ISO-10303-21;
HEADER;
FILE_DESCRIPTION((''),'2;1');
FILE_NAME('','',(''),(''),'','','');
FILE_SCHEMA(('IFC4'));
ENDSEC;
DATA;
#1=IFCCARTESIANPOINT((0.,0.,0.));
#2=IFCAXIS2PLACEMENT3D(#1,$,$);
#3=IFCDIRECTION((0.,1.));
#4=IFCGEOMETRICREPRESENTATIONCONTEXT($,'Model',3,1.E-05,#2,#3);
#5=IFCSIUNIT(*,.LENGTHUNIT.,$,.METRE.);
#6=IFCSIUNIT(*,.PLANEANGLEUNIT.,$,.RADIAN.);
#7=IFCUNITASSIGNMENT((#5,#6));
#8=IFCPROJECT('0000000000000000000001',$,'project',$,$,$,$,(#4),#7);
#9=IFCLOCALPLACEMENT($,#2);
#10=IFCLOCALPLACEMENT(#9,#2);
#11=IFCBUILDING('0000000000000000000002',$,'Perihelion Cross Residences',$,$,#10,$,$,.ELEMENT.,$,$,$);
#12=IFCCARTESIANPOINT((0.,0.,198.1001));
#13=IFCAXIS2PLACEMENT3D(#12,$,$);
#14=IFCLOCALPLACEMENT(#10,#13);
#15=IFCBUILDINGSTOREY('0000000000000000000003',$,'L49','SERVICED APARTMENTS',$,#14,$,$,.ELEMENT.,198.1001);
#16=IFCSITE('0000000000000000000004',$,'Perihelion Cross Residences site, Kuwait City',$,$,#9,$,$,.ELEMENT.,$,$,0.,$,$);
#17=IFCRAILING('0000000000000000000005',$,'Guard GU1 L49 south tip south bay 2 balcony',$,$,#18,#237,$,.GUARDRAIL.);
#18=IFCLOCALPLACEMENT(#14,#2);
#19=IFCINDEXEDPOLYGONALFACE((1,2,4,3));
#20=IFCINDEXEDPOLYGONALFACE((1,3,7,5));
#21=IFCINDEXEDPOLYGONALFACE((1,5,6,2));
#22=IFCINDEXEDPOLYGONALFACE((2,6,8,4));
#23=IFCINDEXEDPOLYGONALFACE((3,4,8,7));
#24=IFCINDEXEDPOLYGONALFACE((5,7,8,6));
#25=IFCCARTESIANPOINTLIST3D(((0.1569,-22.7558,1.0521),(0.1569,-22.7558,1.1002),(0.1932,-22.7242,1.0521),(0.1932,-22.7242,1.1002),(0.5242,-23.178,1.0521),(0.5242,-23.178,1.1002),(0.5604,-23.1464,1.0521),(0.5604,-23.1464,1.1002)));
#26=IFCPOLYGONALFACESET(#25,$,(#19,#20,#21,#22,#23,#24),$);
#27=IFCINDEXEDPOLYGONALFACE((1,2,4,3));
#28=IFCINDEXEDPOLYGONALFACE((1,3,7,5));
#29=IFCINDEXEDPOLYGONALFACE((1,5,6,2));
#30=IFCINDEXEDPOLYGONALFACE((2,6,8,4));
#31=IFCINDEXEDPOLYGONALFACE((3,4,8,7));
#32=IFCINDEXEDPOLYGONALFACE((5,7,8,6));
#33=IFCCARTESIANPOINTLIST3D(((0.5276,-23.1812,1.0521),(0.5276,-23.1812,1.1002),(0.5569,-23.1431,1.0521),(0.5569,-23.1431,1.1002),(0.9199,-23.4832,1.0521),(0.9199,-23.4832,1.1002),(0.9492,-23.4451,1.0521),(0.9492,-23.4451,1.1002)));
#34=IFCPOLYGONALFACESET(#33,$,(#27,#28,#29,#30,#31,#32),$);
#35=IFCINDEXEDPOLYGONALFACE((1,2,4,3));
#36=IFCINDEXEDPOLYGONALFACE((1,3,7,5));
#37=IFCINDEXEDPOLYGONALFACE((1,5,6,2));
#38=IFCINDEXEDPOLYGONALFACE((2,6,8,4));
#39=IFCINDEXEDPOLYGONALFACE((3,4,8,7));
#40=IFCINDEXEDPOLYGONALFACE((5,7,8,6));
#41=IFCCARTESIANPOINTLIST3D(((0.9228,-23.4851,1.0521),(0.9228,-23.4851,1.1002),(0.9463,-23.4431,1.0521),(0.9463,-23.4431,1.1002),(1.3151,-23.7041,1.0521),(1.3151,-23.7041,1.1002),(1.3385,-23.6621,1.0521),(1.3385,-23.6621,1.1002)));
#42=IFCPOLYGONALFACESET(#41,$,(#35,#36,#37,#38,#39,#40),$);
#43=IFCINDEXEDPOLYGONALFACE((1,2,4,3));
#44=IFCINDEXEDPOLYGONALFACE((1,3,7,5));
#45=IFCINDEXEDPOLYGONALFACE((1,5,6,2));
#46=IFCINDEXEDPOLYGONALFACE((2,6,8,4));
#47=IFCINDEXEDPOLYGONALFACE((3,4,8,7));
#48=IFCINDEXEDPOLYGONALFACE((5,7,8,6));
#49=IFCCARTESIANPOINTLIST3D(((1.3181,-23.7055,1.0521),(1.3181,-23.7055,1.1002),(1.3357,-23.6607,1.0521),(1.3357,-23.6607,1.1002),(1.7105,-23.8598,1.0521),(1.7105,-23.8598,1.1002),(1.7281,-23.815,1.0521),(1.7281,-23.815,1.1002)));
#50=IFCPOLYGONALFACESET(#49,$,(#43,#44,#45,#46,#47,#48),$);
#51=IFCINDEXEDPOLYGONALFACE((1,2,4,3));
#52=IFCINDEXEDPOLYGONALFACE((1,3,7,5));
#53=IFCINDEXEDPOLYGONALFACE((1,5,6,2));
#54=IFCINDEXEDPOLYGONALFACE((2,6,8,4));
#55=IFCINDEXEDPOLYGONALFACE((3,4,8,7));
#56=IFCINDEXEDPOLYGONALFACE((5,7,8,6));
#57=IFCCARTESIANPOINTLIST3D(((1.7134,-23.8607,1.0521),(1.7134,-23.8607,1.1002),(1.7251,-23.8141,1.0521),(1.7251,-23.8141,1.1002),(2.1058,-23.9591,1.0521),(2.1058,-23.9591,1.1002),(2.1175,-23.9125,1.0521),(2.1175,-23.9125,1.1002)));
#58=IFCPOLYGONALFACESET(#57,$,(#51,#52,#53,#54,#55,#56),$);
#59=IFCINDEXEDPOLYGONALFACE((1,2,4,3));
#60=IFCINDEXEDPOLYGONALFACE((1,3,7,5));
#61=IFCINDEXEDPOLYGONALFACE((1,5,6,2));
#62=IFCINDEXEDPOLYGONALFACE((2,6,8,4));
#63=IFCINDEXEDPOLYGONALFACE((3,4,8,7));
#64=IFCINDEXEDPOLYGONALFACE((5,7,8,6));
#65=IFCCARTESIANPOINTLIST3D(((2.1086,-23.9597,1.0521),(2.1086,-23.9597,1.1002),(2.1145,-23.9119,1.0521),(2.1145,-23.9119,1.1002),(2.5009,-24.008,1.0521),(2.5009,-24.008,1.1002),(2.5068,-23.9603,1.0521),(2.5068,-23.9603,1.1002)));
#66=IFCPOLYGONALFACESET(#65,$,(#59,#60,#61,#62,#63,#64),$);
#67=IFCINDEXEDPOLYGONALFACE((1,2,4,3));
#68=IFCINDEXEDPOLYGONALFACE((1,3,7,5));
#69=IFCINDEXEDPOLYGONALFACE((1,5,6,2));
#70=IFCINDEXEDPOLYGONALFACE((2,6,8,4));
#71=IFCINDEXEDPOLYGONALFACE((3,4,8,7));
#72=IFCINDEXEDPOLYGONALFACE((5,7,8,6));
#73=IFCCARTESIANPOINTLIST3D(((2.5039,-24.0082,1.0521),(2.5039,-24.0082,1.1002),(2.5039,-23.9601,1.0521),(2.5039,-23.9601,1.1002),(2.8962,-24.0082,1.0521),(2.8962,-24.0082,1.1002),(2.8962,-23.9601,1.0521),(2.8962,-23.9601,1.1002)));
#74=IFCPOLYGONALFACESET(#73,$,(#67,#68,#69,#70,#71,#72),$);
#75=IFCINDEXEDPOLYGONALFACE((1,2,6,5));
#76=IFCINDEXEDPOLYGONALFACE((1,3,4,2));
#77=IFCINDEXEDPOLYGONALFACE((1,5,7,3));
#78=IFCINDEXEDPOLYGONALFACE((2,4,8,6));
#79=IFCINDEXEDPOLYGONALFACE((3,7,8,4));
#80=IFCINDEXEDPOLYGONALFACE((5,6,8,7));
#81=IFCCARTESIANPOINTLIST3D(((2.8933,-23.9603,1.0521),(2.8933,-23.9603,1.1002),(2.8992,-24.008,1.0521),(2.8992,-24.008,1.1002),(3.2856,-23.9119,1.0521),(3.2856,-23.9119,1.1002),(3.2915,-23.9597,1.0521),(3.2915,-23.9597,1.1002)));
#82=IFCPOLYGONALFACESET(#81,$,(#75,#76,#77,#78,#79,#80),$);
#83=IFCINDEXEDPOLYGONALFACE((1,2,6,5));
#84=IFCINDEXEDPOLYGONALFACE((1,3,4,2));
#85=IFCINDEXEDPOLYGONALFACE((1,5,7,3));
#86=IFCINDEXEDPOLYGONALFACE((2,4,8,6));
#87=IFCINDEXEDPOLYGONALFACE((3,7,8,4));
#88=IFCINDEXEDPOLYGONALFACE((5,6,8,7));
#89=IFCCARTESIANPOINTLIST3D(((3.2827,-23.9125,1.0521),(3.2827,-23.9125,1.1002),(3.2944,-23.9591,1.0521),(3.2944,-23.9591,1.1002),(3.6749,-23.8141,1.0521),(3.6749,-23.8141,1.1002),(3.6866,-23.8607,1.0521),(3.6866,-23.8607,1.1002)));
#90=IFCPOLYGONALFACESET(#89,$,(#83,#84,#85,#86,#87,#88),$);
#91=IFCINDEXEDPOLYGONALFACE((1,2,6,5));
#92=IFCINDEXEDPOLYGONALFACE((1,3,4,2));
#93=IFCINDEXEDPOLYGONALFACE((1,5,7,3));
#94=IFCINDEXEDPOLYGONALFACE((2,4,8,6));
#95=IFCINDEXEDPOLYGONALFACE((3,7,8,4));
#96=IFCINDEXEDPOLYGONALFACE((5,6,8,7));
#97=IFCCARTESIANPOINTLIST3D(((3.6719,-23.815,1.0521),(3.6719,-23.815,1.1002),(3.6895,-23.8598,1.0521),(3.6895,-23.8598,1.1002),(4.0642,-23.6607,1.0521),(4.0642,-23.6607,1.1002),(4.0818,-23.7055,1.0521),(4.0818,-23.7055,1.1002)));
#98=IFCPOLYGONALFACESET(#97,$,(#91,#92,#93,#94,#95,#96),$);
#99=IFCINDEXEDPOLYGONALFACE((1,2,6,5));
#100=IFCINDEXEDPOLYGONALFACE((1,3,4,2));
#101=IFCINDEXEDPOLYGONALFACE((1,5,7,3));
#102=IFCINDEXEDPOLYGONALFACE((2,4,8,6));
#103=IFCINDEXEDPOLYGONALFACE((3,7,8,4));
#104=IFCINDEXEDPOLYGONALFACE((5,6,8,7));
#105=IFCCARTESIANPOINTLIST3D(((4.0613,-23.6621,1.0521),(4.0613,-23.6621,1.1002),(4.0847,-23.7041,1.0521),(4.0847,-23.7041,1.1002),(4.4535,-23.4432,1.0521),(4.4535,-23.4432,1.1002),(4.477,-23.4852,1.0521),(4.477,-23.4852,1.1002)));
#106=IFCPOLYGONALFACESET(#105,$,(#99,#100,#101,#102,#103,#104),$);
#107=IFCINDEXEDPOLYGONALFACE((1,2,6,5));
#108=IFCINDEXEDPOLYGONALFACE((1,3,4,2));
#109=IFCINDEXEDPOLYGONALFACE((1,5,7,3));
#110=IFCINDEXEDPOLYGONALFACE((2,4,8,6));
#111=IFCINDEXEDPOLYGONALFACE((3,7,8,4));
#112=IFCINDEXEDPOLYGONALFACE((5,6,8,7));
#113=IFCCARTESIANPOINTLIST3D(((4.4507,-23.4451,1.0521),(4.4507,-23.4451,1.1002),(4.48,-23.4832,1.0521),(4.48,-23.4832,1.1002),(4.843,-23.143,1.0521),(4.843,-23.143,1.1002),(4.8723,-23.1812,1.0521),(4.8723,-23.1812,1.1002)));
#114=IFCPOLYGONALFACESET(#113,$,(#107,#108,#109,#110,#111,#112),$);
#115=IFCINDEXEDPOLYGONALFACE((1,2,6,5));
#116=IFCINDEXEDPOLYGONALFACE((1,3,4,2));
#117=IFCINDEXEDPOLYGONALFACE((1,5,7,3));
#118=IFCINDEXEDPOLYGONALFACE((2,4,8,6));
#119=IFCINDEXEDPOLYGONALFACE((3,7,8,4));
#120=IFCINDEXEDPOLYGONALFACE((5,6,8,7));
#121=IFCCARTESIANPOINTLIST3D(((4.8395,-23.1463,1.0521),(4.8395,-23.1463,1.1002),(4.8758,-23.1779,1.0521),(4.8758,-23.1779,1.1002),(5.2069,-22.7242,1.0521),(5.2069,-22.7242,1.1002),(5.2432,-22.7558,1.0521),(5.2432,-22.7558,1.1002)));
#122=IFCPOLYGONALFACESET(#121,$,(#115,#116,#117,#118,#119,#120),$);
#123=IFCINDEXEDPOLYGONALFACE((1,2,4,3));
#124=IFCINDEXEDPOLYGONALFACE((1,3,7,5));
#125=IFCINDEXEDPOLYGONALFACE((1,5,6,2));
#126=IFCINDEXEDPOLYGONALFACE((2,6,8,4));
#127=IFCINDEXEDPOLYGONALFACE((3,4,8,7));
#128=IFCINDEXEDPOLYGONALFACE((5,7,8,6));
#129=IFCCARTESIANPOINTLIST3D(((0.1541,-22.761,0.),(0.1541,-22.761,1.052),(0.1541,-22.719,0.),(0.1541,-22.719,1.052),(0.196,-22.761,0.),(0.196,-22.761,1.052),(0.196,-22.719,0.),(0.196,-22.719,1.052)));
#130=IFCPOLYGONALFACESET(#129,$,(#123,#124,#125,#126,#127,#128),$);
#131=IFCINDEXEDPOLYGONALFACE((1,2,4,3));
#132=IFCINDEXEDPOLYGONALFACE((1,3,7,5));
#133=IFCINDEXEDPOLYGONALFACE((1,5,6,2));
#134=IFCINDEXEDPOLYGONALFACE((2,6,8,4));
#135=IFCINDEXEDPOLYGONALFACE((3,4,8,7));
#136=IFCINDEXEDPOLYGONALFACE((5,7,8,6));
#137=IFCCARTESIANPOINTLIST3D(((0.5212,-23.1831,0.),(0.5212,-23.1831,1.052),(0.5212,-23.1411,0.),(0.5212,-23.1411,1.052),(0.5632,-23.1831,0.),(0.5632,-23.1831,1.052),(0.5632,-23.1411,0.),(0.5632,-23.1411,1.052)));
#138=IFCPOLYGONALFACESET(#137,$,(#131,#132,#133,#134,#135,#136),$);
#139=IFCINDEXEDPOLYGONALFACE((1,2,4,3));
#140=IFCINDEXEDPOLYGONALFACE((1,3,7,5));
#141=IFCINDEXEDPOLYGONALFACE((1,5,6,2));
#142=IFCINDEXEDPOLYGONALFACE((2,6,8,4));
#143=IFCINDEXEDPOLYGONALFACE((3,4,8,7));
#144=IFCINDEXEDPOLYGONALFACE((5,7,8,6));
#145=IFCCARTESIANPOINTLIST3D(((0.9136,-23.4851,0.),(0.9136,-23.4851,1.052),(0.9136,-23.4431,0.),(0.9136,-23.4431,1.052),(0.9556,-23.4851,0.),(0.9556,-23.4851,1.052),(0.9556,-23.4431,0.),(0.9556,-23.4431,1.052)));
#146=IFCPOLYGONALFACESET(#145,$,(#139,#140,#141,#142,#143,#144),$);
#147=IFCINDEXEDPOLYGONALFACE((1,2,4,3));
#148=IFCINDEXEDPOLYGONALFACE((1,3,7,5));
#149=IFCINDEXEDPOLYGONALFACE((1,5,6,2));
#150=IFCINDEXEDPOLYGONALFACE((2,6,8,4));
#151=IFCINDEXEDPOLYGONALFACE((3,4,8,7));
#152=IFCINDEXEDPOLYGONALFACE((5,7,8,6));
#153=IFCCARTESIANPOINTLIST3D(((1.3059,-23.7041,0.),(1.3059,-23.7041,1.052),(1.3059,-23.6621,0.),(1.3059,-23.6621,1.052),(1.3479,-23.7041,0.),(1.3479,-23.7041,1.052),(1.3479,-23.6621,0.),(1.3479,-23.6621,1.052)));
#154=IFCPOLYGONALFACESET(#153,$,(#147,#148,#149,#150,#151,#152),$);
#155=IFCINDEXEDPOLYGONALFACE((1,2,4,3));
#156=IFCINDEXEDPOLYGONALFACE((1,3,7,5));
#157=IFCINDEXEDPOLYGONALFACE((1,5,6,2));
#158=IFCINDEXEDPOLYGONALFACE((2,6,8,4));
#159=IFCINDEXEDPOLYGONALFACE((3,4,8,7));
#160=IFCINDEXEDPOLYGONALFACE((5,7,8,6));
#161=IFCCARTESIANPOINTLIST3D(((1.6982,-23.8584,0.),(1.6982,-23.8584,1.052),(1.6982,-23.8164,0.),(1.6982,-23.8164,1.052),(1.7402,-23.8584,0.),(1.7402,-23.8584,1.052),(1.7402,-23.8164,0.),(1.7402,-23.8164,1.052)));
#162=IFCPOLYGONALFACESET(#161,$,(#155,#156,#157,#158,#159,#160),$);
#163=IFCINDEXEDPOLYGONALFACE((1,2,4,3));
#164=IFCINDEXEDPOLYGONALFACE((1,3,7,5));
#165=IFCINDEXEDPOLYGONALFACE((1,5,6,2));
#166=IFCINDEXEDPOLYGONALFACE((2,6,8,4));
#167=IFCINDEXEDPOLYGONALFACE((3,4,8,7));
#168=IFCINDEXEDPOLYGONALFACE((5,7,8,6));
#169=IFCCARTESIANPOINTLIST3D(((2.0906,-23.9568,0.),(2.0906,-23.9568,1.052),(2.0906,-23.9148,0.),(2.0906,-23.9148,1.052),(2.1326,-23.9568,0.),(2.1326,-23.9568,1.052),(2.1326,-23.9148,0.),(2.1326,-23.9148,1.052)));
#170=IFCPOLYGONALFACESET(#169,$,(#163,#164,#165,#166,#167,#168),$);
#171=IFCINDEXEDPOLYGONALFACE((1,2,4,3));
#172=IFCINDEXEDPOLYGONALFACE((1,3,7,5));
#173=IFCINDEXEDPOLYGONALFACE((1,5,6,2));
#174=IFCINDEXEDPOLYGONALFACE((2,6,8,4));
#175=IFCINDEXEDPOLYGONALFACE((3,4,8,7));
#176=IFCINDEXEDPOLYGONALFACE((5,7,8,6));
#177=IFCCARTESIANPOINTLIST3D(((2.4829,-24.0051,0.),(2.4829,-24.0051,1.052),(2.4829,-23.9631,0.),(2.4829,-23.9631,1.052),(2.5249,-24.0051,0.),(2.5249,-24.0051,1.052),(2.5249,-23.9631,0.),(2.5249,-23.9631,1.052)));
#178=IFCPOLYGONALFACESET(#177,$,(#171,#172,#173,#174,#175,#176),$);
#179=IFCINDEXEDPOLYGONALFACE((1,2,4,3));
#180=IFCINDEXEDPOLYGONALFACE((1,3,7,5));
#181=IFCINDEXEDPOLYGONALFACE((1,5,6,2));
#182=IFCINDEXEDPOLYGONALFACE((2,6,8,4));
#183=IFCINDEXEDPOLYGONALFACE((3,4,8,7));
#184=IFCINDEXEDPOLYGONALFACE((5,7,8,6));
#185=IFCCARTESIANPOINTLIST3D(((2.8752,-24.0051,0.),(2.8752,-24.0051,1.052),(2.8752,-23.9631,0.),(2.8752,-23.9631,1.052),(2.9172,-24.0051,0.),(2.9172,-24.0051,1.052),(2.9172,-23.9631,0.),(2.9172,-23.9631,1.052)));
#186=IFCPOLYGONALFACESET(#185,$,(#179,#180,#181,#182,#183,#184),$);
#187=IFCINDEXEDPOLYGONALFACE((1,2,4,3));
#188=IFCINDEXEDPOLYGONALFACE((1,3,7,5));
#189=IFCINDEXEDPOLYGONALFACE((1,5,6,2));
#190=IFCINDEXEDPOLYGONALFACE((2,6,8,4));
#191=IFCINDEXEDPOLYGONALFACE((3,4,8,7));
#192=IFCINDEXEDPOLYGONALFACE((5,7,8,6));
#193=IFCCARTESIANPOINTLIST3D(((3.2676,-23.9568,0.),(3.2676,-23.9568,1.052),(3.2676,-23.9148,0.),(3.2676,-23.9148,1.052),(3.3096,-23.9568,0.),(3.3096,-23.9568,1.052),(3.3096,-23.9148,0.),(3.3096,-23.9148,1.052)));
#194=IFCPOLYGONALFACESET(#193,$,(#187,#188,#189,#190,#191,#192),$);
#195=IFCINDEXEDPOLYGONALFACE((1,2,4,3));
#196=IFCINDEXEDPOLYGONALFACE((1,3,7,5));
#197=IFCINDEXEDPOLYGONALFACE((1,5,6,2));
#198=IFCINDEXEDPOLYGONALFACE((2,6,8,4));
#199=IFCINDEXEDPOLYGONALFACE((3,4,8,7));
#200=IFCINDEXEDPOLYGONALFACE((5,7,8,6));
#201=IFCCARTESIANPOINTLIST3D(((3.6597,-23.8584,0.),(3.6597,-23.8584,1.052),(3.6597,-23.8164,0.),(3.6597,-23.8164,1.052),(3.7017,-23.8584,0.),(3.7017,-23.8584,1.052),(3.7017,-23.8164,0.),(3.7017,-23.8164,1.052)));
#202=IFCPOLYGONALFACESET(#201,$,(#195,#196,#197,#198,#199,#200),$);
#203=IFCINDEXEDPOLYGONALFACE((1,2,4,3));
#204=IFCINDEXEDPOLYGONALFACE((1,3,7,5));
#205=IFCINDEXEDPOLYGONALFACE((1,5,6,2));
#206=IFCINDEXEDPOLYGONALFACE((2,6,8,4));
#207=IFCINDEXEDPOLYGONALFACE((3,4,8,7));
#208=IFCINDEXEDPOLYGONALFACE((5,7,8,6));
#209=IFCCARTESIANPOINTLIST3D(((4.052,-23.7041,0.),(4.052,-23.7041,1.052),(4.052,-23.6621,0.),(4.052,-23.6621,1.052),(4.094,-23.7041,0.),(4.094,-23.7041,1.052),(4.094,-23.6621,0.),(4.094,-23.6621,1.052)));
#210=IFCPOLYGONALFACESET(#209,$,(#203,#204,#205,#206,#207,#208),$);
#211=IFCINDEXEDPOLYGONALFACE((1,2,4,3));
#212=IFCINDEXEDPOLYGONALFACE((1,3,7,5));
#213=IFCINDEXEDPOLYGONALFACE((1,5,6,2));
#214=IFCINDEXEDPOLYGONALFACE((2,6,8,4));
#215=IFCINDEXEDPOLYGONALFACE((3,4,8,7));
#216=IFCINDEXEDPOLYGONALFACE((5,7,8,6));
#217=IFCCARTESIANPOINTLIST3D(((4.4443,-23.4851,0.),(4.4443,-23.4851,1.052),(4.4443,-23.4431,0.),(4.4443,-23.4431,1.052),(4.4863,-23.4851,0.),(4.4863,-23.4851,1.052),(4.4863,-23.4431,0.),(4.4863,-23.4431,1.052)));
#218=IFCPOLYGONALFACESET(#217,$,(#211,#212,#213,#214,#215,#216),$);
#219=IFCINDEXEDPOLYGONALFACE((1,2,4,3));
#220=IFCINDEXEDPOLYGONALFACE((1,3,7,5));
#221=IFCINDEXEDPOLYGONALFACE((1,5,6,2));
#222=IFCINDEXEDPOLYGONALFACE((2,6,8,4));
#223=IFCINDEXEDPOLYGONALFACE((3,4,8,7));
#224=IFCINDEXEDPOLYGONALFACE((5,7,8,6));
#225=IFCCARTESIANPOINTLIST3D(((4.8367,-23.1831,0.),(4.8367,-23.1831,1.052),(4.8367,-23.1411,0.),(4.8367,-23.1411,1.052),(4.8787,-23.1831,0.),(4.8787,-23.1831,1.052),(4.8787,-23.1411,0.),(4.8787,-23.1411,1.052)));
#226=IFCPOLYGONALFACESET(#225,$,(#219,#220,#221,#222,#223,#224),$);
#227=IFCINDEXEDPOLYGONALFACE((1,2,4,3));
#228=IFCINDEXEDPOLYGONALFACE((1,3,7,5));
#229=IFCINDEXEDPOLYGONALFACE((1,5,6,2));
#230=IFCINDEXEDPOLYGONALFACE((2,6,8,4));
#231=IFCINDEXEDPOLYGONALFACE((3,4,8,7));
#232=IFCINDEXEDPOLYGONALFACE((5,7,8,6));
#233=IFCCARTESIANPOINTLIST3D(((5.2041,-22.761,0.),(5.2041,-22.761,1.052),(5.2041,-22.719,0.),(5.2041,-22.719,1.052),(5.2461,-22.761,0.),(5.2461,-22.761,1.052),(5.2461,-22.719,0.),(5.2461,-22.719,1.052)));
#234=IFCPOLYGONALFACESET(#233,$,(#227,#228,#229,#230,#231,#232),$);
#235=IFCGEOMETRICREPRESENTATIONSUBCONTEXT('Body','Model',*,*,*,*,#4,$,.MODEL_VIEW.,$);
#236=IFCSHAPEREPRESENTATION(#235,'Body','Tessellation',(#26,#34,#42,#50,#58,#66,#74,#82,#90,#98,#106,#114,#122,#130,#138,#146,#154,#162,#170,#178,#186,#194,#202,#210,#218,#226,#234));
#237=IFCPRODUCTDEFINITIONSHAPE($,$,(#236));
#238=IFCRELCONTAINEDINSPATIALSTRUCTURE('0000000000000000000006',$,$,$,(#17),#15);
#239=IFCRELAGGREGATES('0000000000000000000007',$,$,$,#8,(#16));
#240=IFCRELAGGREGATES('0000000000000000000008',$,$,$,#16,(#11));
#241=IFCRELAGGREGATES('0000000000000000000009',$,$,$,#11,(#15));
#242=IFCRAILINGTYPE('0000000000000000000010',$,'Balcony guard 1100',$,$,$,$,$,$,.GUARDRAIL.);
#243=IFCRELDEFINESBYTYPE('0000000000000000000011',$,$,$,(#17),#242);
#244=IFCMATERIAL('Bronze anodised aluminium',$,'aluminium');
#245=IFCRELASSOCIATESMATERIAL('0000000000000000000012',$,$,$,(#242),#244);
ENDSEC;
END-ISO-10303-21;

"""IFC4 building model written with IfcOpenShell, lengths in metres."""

from ifc_helpers import new_model, si_unit, direction, frame, origin, origin_2d, place, context, subcontext, project, spatial, rectangle, extrude, material, type_object, element, save


model = new_model("IFC4")

# Units and contexts
model_context = context("Model", 3, precision=1e-05, world=origin(), true_north=direction((0.0, 1.0)))
body_context = subcontext(model_context, "Body", "Model", "MODEL_VIEW")
ifc_project = project(units=[si_unit("LENGTHUNIT", "METRE"), si_unit("PLANEANGLEUNIT", "RADIAN")], contexts=[model_context])

# Site, building, storey
site_placement = place(None, origin())
site = spatial("IfcSite", under=ifc_project, at=site_placement, Name="Perihelion Cross Residences site, Kuwait City", CompositionType="ELEMENT", RefElevation=0.0)
building_placement = place(site_placement, origin())
building = spatial("IfcBuilding", under=site, at=building_placement, Name="Perihelion Cross Residences", CompositionType="ELEMENT")
storey_placement = place(building_placement, frame((0.0, 0.0, 198.1001)))
storey = spatial("IfcBuildingStorey", under=building, at=storey_placement, Name="L49", Description="SERVICED APARTMENTS", CompositionType="ELEMENT", Elevation=198.1001)

# Railing
ifc_material_1 = material(Name="Bronze anodised aluminium", Category="aluminium")
railing_type = type_object("IfcRailingType", Name="Balcony guard 1100", PredefinedType="GUARDRAIL", material=ifc_material_1)
railing_placement = place(storey_placement, frame((0.175, -22.74, 0.0)))
element("IfcRailing", 1, at=railing_placement, inside=storey, type_object=railing_type, Name="Guard GU1 L49 south tip south bay 2 balcony", PredefinedType="GUARDRAIL", context=body_context, shape_type="SweptSolid", body=[
    extrude(rectangle(XDim=0.0481, YDim=0.0481, at=origin_2d()), frame((0.0, 0.0, 1.0762), z_axis=(0.656308, -0.754493, 0.0), x_axis=(0.754493, 0.656308, 0.0)), (0.0, 0.0, 1.0), 0.5596),
    extrude(rectangle(XDim=0.0481, YDim=0.0481, at=origin_2d()), frame((0.3672, -0.4221, 1.0762), z_axis=(0.792422, -0.609973, 0.0), x_axis=(0.609973, 0.792422, 0.0)), (0.0, 0.0, 1.0), 0.4951),
    extrude(rectangle(XDim=0.0481, YDim=0.0481, at=origin_2d()), frame((0.7595, -0.7241, 1.0762), z_axis=(0.873182, -0.487395, 0.0), x_axis=(0.487395, 0.873182, 0.0)), (0.0, 0.0, 1.0), 0.4492),
    extrude(rectangle(XDim=0.0481, YDim=0.0481, at=origin_2d()), frame((1.1519, -0.9431, 1.0762), z_axis=(0.930618, -0.365993, 0.0), x_axis=(0.365993, 0.930618, 0.0)), (0.0, 0.0, 1.0), 0.4216),
    extrude(rectangle(XDim=0.0481, YDim=0.0481, at=origin_2d()), frame((1.5442, -1.0974, 1.0762), z_axis=(0.969965, -0.243246, 0.0), x_axis=(0.243246, 0.969965, 0.0)), (0.0, 0.0, 1.0), 0.4045),
    extrude(rectangle(XDim=0.0481, YDim=0.0481, at=origin_2d()), frame((1.9365, -1.1958, 1.0762), z_axis=(0.992495, -0.122286, 0.0), x_axis=(0.122286, 0.992495, 0.0)), (0.0, 0.0, 1.0), 0.3953),
    extrude(rectangle(XDim=0.0481, YDim=0.0481, at=origin_2d()), frame((2.3289, -1.2441, 1.0762), z_axis=(1.0, 0.0, 0.0), x_axis=(0.0, 1.0, 0.0)), (0.0, 0.0, 1.0), 0.3923),
    extrude(rectangle(XDim=0.0481, YDim=0.0481, at=origin_2d()), frame((2.7212, -1.2441, 1.0762), z_axis=(0.992495, 0.122286, 0.0), x_axis=(-0.122286, 0.992495, 0.0)), (0.0, 0.0, 1.0), 0.3953),
    extrude(rectangle(XDim=0.0481, YDim=0.0481, at=origin_2d()), frame((3.1135, -1.1958, 1.0762), z_axis=(0.969929, 0.243388, 0.0), x_axis=(-0.243388, 0.969929, 0.0)), (0.0, 0.0, 1.0), 0.4043),
    extrude(rectangle(XDim=0.0481, YDim=0.0481, at=origin_2d()), frame((3.5056, -1.0974, 1.0762), z_axis=(0.930618, 0.365993, 0.0), x_axis=(-0.365993, 0.930618, 0.0)), (0.0, 0.0, 1.0), 0.4216),
    extrude(rectangle(XDim=0.0481, YDim=0.0481, at=origin_2d()), frame((3.8979, -0.9431, 1.0762), z_axis=(0.873182, 0.487395, 0.0), x_axis=(-0.487395, 0.873182, 0.0)), (0.0, 0.0, 1.0), 0.4492),
    extrude(rectangle(XDim=0.0481, YDim=0.0481, at=origin_2d()), frame((4.2903, -0.7241, 1.0762), z_axis=(0.792422, 0.609973, 0.0), x_axis=(-0.609973, 0.792422, 0.0)), (0.0, 0.0, 1.0), 0.4951),
    extrude(rectangle(XDim=0.0481, YDim=0.0481, at=origin_2d()), frame((4.6826, -0.4221, 1.0762), z_axis=(0.656557, 0.754277, 0.0), x_axis=(-0.754277, 0.656557, 0.0)), (0.0, 0.0, 1.0), 0.5596),
    extrude(rectangle(XDim=0.042, YDim=0.042, at=origin_2d()), origin(), (0.0, 0.0, 1.0), 1.052),
    extrude(rectangle(XDim=0.042, YDim=0.042, at=origin_2d()), frame((0.3672, -0.4221, 0.0)), (0.0, 0.0, 1.0), 1.052),
    extrude(rectangle(XDim=0.042, YDim=0.042, at=origin_2d()), frame((0.7595, -0.7241, 0.0)), (0.0, 0.0, 1.0), 1.052),
    extrude(rectangle(XDim=0.042, YDim=0.042, at=origin_2d()), frame((1.1519, -0.9431, 0.0)), (0.0, 0.0, 1.0), 1.052),
    extrude(rectangle(XDim=0.042, YDim=0.042, at=origin_2d()), frame((1.5442, -1.0974, 0.0)), (0.0, 0.0, 1.0), 1.052),
    extrude(rectangle(XDim=0.042, YDim=0.042, at=origin_2d()), frame((1.9365, -1.1958, 0.0)), (0.0, 0.0, 1.0), 1.052),
    extrude(rectangle(XDim=0.042, YDim=0.042, at=origin_2d()), frame((2.3289, -1.2441, 0.0)), (0.0, 0.0, 1.0), 1.052),
    extrude(rectangle(XDim=0.042, YDim=0.042, at=origin_2d()), frame((2.7212, -1.2441, 0.0)), (0.0, 0.0, 1.0), 1.052),
    extrude(rectangle(XDim=0.042, YDim=0.042, at=origin_2d()), frame((3.1135, -1.1958, 0.0)), (0.0, 0.0, 1.0), 1.052),
    extrude(rectangle(XDim=0.042, YDim=0.042, at=origin_2d()), frame((3.5056, -1.0974, 0.0)), (0.0, 0.0, 1.0), 1.052),
    extrude(rectangle(XDim=0.042, YDim=0.042, at=origin_2d()), frame((3.8979, -0.9431, 0.0)), (0.0, 0.0, 1.0), 1.052),
    extrude(rectangle(XDim=0.042, YDim=0.042, at=origin_2d()), frame((4.2903, -0.7241, 0.0)), (0.0, 0.0, 1.0), 1.052),
    extrude(rectangle(XDim=0.042, YDim=0.042, at=origin_2d()), frame((4.6826, -0.4221, 0.0)), (0.0, 0.0, 1.0), 1.052),
    extrude(rectangle(XDim=0.042, YDim=0.042, at=origin_2d()), frame((5.05, 0.0, 0.0)), (0.0, 0.0, 1.0), 1.052),
])

save(model, "model.ifc")
